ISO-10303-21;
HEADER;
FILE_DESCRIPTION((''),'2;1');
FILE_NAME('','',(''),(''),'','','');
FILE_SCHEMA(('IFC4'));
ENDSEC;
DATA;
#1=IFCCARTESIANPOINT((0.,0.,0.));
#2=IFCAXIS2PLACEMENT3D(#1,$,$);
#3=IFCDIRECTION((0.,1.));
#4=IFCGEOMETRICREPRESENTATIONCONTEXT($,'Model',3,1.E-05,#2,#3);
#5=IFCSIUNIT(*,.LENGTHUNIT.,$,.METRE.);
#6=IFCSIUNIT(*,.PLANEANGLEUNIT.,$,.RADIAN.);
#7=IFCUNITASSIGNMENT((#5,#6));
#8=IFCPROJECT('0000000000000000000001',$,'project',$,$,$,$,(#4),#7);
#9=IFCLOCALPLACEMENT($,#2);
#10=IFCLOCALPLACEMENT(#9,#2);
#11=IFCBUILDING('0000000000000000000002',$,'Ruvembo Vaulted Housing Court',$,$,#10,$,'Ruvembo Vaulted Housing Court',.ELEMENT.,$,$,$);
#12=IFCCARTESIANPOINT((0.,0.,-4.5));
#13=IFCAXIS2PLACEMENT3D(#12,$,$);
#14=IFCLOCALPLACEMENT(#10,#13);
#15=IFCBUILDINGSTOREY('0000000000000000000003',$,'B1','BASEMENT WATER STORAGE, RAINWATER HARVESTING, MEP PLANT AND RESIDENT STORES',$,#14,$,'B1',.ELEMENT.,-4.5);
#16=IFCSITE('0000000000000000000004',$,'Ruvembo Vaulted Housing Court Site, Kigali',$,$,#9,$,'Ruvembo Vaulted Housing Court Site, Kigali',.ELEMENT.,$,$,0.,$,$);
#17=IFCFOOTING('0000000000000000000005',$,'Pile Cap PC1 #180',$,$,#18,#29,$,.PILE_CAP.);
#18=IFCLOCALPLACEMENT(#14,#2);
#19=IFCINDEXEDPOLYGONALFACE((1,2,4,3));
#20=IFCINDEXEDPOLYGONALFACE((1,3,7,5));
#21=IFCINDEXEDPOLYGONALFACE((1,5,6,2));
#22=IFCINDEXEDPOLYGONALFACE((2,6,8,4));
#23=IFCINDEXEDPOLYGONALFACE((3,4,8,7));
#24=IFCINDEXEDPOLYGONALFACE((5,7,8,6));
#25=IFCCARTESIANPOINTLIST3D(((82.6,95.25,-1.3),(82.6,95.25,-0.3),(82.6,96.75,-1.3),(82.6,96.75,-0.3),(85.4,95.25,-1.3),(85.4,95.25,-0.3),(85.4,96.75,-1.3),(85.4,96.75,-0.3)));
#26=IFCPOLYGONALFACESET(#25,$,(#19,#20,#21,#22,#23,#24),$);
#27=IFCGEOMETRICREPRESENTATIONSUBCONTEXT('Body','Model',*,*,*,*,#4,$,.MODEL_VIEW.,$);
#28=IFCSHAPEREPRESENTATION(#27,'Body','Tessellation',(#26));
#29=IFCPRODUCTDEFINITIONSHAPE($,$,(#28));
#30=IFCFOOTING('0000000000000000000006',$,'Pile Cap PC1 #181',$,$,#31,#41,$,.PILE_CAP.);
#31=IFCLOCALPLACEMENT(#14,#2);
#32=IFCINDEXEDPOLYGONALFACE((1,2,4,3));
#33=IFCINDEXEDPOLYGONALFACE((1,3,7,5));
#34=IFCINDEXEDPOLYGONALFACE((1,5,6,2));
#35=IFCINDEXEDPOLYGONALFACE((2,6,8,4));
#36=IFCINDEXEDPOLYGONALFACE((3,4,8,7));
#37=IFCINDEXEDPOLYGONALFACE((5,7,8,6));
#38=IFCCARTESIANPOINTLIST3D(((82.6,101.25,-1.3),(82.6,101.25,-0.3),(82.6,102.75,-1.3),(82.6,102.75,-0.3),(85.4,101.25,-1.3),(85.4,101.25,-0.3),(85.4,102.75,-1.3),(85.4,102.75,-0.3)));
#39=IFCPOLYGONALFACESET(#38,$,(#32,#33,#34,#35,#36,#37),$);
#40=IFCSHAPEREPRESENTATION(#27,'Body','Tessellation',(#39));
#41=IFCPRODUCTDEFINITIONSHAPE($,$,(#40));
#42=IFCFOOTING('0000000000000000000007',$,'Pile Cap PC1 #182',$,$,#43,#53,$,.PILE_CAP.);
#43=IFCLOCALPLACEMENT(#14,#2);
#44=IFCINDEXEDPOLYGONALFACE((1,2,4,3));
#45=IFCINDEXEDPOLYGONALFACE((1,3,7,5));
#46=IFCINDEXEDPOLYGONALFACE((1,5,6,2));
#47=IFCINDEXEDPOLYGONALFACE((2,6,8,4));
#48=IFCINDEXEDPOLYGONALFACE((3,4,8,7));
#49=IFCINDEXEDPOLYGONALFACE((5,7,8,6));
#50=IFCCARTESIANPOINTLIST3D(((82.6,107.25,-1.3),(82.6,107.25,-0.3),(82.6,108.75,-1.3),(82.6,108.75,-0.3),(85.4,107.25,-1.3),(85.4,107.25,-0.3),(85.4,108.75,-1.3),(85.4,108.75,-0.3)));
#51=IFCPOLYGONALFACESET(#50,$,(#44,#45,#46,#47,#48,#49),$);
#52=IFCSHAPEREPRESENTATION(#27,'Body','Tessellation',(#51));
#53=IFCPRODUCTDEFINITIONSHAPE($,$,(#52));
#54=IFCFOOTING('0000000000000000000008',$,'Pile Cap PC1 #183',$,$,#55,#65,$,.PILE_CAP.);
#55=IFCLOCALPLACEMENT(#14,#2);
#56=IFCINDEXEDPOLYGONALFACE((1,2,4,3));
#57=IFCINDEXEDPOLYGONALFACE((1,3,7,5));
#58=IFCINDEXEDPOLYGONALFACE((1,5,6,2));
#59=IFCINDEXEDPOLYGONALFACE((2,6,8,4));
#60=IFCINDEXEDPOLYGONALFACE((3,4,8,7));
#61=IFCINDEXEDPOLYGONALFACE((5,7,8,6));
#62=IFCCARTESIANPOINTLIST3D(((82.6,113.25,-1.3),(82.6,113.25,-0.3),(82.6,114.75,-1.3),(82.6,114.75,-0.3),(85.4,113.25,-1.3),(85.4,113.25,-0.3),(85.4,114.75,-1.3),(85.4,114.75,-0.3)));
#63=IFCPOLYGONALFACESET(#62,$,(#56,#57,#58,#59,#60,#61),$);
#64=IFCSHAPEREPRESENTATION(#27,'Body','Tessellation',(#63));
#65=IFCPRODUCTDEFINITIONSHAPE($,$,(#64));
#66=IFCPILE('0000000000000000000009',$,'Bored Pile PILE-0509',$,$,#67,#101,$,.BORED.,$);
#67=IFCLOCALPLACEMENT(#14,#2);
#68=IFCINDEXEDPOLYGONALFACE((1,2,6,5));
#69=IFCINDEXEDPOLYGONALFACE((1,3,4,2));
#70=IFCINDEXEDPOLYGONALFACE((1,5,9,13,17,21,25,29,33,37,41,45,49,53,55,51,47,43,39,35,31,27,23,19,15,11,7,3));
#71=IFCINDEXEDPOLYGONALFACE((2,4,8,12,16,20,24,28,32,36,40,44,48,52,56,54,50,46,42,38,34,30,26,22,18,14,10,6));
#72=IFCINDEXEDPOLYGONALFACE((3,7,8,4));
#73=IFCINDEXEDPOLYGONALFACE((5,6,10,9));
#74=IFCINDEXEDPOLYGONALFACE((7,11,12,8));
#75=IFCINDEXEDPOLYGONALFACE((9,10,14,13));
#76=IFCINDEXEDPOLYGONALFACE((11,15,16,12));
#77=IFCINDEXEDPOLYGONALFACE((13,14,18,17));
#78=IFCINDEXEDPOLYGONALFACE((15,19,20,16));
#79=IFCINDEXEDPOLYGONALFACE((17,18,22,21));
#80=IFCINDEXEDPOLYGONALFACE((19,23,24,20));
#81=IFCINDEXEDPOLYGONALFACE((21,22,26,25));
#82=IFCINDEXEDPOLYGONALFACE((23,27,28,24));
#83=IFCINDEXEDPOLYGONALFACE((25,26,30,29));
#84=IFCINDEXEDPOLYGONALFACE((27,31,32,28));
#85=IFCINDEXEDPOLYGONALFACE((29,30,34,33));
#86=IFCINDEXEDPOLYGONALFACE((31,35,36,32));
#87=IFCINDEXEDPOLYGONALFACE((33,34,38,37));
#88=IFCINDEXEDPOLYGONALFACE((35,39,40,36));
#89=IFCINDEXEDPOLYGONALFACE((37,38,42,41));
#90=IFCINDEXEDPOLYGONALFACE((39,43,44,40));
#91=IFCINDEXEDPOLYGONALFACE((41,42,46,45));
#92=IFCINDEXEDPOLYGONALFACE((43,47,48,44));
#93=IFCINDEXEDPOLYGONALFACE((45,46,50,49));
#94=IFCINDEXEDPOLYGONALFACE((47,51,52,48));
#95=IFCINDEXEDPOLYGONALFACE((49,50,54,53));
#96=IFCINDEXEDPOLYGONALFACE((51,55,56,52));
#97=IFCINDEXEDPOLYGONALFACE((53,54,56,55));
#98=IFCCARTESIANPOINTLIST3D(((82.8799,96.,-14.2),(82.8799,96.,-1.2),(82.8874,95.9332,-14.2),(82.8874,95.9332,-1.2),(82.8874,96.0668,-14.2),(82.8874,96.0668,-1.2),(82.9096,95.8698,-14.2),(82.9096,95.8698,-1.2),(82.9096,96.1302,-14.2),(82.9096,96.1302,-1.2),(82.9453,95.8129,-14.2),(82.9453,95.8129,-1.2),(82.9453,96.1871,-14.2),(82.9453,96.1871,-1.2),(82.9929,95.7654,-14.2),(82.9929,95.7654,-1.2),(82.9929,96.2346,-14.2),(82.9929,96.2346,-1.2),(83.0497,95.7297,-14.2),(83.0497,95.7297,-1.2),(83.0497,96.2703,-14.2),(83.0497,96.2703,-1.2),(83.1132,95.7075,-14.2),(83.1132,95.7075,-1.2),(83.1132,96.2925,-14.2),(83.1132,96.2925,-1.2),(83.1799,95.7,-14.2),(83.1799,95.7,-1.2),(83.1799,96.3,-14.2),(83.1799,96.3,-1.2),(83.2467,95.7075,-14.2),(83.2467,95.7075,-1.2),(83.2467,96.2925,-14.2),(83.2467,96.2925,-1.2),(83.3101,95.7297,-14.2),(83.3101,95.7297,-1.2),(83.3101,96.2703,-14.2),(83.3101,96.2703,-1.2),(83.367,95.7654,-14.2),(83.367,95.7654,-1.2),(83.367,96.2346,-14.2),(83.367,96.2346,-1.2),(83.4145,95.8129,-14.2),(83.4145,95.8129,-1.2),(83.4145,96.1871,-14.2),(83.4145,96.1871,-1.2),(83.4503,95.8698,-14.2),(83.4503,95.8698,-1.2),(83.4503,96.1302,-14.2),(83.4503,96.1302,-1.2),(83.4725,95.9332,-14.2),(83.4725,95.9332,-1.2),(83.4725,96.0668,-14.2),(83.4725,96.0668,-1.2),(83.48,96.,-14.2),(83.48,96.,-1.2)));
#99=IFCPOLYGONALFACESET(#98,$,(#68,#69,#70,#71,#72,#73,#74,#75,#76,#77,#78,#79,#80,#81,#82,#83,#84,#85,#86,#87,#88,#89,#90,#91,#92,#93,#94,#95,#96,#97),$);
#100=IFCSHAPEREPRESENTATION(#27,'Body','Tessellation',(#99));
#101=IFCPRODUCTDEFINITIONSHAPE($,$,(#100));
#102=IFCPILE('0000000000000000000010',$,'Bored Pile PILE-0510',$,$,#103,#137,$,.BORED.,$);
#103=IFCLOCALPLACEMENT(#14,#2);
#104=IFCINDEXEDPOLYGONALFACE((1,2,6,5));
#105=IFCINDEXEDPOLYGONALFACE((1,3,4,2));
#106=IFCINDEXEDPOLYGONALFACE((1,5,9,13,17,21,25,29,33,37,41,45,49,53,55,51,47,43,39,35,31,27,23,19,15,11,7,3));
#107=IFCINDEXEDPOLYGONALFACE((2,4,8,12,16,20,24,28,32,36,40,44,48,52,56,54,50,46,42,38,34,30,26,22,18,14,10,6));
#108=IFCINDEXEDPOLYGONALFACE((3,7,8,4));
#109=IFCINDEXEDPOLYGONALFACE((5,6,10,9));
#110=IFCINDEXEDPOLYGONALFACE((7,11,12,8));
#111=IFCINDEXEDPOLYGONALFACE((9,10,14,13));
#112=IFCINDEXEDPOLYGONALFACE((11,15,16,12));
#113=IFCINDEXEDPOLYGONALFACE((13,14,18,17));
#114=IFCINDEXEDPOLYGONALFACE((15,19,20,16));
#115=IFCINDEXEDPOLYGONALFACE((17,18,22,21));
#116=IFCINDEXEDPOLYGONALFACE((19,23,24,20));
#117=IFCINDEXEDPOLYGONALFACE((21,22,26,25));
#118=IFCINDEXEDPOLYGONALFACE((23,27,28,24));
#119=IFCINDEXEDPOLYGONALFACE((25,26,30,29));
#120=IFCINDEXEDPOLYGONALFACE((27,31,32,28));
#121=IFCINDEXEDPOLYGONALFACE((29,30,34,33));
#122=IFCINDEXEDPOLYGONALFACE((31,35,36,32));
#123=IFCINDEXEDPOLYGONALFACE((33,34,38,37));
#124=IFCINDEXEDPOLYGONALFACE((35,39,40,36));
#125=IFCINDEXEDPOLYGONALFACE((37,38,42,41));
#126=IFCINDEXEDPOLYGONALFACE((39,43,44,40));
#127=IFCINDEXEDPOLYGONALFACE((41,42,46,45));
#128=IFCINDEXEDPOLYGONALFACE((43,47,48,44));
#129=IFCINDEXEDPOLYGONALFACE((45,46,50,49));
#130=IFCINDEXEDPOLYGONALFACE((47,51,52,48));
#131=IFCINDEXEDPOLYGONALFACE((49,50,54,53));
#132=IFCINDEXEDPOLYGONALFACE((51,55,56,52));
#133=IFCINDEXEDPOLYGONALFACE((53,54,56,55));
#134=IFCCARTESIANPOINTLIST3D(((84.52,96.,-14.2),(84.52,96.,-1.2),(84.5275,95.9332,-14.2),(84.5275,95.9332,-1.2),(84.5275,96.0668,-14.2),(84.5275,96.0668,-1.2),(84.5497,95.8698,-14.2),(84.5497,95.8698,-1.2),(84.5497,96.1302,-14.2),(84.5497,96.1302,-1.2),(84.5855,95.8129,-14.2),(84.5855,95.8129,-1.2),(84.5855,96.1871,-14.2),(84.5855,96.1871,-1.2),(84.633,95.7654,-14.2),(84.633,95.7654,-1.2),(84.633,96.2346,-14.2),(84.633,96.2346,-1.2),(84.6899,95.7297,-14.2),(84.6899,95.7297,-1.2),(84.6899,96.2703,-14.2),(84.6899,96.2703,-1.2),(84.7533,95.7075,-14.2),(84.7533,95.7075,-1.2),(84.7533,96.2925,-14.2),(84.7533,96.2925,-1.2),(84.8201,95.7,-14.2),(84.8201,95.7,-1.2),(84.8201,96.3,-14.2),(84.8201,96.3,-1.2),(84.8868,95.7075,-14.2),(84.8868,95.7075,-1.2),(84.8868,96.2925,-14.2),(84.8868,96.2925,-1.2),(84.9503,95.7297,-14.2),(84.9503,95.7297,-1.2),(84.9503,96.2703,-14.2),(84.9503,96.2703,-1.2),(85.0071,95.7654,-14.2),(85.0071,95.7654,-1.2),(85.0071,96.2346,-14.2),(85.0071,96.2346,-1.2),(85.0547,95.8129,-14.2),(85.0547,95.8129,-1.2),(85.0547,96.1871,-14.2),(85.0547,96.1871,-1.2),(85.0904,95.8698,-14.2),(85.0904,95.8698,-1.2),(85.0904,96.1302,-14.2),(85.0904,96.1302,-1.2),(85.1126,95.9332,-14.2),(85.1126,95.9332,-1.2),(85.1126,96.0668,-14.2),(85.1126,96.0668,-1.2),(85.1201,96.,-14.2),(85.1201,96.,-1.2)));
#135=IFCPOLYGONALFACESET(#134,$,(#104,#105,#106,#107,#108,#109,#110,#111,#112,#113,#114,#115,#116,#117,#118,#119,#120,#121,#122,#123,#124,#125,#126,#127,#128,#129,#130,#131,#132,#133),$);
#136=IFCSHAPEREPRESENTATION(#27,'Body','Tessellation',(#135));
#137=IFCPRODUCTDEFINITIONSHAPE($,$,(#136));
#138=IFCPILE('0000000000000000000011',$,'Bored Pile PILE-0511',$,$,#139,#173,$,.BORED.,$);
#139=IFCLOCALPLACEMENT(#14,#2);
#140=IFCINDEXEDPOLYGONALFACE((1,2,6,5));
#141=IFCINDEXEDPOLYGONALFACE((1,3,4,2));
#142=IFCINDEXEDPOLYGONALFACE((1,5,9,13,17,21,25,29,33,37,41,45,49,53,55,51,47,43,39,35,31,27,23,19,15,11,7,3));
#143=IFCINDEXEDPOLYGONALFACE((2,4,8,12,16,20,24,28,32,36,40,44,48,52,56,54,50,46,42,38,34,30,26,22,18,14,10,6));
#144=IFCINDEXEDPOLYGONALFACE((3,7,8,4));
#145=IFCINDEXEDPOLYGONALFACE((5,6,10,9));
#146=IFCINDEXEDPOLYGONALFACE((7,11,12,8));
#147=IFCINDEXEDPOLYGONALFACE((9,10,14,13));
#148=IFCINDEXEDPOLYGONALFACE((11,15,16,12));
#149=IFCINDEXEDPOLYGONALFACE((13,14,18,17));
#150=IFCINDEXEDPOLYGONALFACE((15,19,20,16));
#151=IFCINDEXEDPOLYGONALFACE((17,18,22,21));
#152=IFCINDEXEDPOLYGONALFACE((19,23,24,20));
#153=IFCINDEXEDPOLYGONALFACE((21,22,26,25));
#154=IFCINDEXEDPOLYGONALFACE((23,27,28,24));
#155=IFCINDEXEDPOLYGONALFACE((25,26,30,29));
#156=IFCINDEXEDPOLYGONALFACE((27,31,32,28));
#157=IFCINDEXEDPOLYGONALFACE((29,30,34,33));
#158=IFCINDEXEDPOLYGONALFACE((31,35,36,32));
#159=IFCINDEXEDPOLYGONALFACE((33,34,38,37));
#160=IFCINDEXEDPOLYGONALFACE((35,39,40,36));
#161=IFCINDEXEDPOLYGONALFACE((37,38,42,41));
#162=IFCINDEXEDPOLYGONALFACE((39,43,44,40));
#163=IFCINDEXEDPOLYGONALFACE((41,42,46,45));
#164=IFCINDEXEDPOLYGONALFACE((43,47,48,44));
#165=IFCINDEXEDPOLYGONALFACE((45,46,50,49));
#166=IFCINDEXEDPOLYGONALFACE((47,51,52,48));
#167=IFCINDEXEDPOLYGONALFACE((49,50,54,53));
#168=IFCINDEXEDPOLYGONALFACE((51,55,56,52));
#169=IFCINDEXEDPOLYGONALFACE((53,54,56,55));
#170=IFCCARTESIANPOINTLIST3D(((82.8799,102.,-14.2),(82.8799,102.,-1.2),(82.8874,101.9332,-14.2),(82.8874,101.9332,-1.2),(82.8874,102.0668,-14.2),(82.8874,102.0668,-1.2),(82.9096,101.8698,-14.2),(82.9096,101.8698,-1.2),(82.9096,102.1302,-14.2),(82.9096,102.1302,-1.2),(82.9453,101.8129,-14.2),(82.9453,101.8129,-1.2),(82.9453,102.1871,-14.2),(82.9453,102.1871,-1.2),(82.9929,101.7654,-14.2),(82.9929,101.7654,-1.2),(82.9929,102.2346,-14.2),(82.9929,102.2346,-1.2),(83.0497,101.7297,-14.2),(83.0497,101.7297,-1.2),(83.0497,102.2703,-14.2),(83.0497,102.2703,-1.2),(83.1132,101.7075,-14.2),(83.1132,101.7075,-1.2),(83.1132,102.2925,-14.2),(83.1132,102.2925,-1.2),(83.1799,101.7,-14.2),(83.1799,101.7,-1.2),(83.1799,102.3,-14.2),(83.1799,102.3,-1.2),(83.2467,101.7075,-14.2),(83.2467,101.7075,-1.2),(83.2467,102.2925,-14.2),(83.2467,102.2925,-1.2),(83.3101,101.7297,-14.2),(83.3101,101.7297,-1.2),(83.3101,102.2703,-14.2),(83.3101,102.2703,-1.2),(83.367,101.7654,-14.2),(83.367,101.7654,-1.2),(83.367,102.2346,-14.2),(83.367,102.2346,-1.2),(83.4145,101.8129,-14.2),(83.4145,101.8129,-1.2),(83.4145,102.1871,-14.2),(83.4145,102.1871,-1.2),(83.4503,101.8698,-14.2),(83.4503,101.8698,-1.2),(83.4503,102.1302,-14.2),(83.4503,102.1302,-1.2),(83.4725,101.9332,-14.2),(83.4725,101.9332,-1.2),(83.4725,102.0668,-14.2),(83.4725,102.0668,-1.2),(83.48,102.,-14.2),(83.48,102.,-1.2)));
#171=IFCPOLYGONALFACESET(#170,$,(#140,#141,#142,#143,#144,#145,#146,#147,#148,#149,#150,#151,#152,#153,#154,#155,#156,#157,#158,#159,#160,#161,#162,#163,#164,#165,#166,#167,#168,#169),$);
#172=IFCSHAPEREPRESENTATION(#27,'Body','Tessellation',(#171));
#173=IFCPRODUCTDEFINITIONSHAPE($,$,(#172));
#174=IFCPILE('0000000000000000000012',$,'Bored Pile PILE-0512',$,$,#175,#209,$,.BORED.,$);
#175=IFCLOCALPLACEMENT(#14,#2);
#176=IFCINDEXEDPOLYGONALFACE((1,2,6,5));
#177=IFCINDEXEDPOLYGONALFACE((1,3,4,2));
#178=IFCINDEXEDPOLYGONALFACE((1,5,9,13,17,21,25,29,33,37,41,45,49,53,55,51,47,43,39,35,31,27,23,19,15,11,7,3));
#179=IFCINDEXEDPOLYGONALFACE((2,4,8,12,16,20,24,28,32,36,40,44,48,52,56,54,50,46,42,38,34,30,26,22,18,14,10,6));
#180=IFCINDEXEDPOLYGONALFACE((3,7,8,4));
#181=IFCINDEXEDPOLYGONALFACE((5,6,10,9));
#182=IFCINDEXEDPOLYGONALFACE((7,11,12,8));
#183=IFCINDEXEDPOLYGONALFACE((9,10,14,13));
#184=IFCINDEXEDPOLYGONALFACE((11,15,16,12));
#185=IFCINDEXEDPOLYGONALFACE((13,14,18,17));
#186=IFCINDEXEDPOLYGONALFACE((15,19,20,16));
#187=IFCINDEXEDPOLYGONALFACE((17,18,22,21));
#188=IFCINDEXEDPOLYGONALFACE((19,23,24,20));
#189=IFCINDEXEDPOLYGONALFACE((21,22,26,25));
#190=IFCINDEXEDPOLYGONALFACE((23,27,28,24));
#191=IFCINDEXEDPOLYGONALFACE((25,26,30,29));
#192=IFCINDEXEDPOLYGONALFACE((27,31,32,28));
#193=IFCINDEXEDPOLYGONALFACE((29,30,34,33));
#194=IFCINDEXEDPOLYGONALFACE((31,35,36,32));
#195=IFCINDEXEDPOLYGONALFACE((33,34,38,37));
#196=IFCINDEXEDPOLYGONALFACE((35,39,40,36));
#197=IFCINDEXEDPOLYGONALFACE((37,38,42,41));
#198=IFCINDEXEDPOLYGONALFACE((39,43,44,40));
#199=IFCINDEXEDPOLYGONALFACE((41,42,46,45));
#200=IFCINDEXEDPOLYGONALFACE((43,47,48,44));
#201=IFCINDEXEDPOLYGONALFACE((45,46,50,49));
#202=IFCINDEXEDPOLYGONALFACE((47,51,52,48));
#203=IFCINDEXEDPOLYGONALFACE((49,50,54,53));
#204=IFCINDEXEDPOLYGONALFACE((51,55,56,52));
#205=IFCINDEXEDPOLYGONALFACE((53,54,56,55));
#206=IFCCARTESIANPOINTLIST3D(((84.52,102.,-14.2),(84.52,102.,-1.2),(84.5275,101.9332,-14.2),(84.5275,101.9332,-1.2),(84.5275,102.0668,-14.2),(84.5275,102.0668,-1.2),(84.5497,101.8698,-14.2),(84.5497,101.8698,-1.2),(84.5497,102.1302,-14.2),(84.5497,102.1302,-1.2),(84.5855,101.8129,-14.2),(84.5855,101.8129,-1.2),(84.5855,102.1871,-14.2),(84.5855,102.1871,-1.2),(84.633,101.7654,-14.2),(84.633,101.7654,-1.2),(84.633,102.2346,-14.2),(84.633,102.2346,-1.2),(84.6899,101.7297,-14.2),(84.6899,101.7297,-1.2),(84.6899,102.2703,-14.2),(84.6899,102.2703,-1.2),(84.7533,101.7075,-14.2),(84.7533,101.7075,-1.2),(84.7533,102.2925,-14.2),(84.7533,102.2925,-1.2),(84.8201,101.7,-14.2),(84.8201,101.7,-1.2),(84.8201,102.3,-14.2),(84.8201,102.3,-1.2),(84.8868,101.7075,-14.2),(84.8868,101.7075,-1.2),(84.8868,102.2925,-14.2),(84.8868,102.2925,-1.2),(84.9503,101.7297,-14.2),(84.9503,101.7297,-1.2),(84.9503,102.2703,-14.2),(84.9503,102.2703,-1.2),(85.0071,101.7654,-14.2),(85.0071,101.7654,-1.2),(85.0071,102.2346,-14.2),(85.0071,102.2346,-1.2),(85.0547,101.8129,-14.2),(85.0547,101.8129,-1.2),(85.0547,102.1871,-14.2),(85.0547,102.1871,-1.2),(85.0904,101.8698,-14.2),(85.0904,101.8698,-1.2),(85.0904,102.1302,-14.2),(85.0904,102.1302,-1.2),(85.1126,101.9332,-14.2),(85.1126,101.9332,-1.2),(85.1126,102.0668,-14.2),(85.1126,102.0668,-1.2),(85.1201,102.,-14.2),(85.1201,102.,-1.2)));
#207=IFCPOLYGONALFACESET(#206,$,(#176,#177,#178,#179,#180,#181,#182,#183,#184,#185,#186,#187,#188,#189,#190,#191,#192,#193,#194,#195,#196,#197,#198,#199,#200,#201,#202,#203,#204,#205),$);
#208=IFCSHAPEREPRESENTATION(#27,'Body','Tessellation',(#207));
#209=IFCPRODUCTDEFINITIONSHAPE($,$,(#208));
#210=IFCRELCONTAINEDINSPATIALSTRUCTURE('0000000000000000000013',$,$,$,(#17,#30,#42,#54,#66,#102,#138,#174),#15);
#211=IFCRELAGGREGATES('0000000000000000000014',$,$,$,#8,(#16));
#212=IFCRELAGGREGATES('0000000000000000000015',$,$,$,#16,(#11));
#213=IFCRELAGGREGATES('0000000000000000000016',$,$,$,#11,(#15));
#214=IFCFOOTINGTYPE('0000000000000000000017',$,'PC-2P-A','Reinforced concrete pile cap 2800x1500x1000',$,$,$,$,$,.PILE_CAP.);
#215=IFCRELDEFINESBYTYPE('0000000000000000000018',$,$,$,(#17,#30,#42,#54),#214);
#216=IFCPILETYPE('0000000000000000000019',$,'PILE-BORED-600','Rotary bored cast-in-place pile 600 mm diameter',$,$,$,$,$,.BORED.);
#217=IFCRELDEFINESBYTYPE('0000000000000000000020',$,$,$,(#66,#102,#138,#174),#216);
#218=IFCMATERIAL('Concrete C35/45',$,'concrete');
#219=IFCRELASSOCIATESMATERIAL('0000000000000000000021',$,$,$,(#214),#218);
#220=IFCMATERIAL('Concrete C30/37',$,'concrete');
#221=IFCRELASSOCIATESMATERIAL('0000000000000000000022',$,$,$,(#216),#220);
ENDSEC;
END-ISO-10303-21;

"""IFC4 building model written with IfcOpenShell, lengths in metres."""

from ifc_helpers import new_model, si_unit, direction, frame, origin, origin_2d, place, context, subcontext, project, spatial, rectangle, circle, extrude, material, material_profile, profile_set, type_object, element, save


model = new_model("IFC4")

# Units and contexts
model_context = context("Model", 3, precision=1e-05, world=origin(), true_north=direction((0.0, 1.0)))
body_context = subcontext(model_context, "Body", "Model", "MODEL_VIEW")
ifc_project = project(units=[si_unit("LENGTHUNIT", "METRE"), si_unit("PLANEANGLEUNIT", "RADIAN")], contexts=[model_context])

# Site, building, storey
site_placement = place(None, origin())
site = spatial("IfcSite", under=ifc_project, at=site_placement, Name="Ruvembo Vaulted Housing Court Site, Kigali", LongName="Ruvembo Vaulted Housing Court Site, Kigali", CompositionType="ELEMENT", RefElevation=0.0)
building_placement = place(site_placement, origin())
building = spatial("IfcBuilding", under=site, at=building_placement, Name="Ruvembo Vaulted Housing Court", LongName="Ruvembo Vaulted Housing Court", CompositionType="ELEMENT")
storey_placement = place(building_placement, frame((0.0, 0.0, -4.5)))
storey = spatial("IfcBuildingStorey", under=building, at=storey_placement, Name="B1", Description="BASEMENT WATER STORAGE, RAINWATER HARVESTING, MEP PLANT AND RESIDENT STORES", LongName="B1", CompositionType="ELEMENT", Elevation=-4.5)

# Footings
ifc_material_1 = material(Name="Concrete C35/45", Category="concrete")
footing_type = type_object("IfcFootingType", Name="PC-2P-A", Description="Reinforced concrete pile cap 2800x1500x1000", PredefinedType="PILE_CAP", material=ifc_material_1)
for number, where, z_axis, x_axis, name in (
    (1, (84.0, 96.0, -1.3), (0.0, 0.0, 1.0), (1.0, 0.0, 0.0), "Pile Cap PC1 #180"),
    (2, (84.0, 102.0, -1.3), (0.0, 0.0, 1.0), (1.0, 0.0, 0.0), "Pile Cap PC1 #181"),
    (3, (84.0, 108.0, -1.3), (0.0, 0.0, 1.0), (1.0, 0.0, 0.0), "Pile Cap PC1 #182"),
    (4, (84.0, 114.0, -1.3), (0.0, 0.0, 1.0), (1.0, 0.0, 0.0), "Pile Cap PC1 #183"),
):
    element("IfcFooting", number, at=place(storey_placement, frame(where, z_axis=z_axis, x_axis=x_axis)), inside=storey, type_object=footing_type, Name=name, PredefinedType="PILE_CAP", context=body_context, shape_type="SweptSolid", body=[
        extrude(rectangle(XDim=2.8, YDim=1.5, at=origin_2d()), origin(), (0.0, 0.0, 1.0), 1.0),
    ])

# Piles
ifc_material_2 = material(Name="Concrete C30/37", Category="concrete")
ifc_material_profile_1 = material_profile(ifc_material_2, circle(Radius=0.3, at=origin_2d()), Name="PILE D600")
ifc_profile_set_1 = profile_set([ifc_material_profile_1], Name="Concrete C30/37")
pile_type_1 = type_object("IfcPileType", Name="PILE-BORED-600", Description="Rotary bored cast-in-place pile 600 mm diameter", PredefinedType="BORED", material=ifc_profile_set_1)
for number, where, z_axis, x_axis, name in (
    (5, (83.1799, 96.0, -1.2), (0.0, 0.0, -1.0), (1.0, 0.0, 0.0), "Bored Pile PILE-0509"),
    (6, (84.8201, 96.0, -1.2), (0.0, 0.0, -1.0), (1.0, 0.0, 0.0), "Bored Pile PILE-0510"),
    (7, (83.1799, 102.0, -1.2), (0.0, 0.0, -1.0), (1.0, 0.0, 0.0), "Bored Pile PILE-0511"),
    (8, (84.8201, 102.0, -1.2), (0.0, 0.0, -1.0), (1.0, 0.0, 0.0), "Bored Pile PILE-0512"),
):
    element("IfcPile", number, at=place(storey_placement, frame(where, z_axis=z_axis, x_axis=x_axis)), inside=storey, type_object=pile_type_1, Name=name, PredefinedType="BORED", context=body_context, shape_type="SweptSolid", body=[
        extrude(circle(Radius=0.3, at=origin_2d()), origin(), (0.0, 0.0, 1.0), 13.0),
    ])

save(model, "model.ifc")
